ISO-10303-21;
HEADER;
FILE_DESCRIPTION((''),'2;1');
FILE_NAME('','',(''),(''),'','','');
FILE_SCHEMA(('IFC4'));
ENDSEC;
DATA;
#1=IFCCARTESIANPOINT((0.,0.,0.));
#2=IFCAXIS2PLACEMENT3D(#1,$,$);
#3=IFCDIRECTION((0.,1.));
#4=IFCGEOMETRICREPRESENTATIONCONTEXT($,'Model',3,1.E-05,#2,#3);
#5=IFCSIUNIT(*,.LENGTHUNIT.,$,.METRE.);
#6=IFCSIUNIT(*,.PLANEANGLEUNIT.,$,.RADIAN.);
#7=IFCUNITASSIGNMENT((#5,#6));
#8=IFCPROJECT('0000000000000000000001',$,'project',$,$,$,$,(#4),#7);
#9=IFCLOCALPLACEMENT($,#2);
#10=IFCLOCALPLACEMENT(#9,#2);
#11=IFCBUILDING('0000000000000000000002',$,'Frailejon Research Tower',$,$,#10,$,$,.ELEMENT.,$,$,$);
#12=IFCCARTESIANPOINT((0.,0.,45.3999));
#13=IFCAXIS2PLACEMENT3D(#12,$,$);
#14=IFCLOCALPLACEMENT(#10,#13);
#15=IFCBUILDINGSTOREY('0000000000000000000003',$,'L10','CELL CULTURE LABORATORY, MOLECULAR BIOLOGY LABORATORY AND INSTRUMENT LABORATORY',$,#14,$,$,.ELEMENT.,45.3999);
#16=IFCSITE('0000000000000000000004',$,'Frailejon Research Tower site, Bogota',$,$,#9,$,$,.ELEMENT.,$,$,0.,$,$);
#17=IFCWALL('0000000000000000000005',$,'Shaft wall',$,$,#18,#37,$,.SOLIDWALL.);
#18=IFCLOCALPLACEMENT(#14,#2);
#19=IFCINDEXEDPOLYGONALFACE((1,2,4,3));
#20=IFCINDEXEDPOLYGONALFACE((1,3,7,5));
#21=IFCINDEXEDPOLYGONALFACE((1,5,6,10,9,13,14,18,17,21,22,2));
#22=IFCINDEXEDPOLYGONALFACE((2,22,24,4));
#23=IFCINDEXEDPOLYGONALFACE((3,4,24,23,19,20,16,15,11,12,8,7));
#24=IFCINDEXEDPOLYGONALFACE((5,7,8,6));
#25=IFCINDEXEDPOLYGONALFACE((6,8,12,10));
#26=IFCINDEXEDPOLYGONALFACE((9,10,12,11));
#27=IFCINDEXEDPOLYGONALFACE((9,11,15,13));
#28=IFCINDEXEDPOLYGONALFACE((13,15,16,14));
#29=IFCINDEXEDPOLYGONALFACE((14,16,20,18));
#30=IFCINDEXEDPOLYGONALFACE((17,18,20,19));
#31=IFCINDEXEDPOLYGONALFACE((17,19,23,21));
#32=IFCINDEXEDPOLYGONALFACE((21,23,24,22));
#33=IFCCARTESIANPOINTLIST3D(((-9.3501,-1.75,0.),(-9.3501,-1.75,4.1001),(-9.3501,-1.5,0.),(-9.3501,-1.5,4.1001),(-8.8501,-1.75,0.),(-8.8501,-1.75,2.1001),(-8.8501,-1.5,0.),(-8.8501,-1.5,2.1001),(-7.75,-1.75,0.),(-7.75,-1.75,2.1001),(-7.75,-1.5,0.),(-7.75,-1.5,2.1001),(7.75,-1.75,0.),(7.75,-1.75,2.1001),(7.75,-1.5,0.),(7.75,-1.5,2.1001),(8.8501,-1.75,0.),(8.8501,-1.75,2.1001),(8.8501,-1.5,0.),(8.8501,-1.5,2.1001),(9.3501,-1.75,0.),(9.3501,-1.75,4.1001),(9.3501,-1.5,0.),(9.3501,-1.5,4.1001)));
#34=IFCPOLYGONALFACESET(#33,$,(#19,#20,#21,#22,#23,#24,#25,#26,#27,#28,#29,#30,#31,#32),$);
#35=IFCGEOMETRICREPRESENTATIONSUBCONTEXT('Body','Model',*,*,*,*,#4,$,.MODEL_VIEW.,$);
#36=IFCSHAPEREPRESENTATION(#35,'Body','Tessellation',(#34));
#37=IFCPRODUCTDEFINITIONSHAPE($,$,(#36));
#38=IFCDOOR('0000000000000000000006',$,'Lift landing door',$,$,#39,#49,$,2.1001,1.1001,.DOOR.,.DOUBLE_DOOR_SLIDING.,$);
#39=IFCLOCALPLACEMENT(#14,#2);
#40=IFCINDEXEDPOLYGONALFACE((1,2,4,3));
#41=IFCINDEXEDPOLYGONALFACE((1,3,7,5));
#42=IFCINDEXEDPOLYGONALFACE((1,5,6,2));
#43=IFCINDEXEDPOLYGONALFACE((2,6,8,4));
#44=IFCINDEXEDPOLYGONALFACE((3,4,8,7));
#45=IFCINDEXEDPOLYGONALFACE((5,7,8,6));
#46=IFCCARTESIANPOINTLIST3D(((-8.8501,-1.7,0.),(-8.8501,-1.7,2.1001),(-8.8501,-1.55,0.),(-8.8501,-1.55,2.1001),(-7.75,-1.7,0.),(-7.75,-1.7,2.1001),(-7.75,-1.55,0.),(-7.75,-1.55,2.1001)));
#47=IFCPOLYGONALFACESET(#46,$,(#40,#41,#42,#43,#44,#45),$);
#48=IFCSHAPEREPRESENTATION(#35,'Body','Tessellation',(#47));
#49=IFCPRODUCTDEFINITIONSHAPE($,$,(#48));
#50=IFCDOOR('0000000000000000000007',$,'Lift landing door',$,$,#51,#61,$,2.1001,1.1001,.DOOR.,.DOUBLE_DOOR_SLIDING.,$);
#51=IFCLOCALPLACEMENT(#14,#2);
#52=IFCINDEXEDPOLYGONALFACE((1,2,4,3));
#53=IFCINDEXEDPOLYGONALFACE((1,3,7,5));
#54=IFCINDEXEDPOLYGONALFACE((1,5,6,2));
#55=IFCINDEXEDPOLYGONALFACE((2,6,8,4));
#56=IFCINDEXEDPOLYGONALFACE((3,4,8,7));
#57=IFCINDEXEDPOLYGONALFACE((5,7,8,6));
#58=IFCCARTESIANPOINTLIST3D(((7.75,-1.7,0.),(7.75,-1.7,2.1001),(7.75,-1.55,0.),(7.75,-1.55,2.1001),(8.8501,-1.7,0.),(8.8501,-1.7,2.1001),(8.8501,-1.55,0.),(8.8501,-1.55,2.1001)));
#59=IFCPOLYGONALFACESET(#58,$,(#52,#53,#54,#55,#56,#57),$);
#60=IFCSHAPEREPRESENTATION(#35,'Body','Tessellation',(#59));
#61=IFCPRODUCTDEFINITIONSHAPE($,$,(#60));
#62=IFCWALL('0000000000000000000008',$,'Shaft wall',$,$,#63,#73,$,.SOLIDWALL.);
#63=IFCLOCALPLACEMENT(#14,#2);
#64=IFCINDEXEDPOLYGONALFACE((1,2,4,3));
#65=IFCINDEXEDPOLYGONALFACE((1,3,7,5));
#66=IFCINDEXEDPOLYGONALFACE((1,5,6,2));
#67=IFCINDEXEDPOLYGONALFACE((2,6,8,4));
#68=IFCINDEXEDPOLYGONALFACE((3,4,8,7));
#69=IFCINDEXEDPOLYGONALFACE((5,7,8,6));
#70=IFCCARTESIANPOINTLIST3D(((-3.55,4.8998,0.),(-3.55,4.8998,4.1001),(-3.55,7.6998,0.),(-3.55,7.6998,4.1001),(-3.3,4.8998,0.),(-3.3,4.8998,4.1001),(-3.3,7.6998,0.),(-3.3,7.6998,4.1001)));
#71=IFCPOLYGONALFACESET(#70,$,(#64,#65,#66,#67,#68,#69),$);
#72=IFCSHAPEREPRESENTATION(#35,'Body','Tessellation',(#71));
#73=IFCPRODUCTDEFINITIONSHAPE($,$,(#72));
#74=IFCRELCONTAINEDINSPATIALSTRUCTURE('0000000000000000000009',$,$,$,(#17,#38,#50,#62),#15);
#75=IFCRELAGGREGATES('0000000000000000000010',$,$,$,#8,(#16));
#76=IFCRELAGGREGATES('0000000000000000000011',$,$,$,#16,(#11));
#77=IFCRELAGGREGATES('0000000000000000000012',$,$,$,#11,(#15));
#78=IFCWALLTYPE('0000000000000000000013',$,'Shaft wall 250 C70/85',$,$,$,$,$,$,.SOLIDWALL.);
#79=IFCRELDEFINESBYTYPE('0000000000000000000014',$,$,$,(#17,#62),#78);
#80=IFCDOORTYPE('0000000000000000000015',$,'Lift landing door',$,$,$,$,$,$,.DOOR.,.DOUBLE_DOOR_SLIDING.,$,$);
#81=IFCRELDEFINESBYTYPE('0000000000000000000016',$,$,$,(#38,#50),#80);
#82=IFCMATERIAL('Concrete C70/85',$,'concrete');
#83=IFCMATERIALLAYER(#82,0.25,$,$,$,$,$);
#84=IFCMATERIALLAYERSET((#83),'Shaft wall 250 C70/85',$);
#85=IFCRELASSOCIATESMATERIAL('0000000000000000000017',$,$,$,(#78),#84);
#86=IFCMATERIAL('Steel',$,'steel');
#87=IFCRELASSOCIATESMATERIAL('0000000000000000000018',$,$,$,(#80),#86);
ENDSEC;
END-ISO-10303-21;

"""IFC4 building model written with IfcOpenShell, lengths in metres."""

from ifc_helpers import new_model, si_unit, direction, frame, frame_2d, origin, place, context, subcontext, project, spatial, rectangle, extrude, material, layer, layer_set, type_object, element, fill, save


model = new_model("IFC4")

# Units and contexts
model_context = context("Model", 3, precision=1e-05, world=origin(), true_north=direction((0.0, 1.0)))
body_context = subcontext(model_context, "Body", "Model", "MODEL_VIEW")
ifc_project = project(units=[si_unit("LENGTHUNIT", "METRE"), si_unit("PLANEANGLEUNIT", "RADIAN")], contexts=[model_context])

# Site, building, storey
site_placement = place(None, origin())
site = spatial("IfcSite", under=ifc_project, at=site_placement, Name="Frailejon Research Tower site, Bogota", CompositionType="ELEMENT", RefElevation=0.0)
building_placement = place(site_placement, origin())
building = spatial("IfcBuilding", under=site, at=building_placement, Name="Frailejon Research Tower", CompositionType="ELEMENT")
storey_placement = place(building_placement, frame((0.0, 0.0, 45.3999)))
storey = spatial("IfcBuildingStorey", under=building, at=storey_placement, Name="L10", Description="CELL CULTURE LABORATORY, MOLECULAR BIOLOGY LABORATORY AND INSTRUMENT LABORATORY", CompositionType="ELEMENT", Elevation=45.3999)

# Shared definitions
ifc_material_1 = material(Name="Concrete C70/85", Category="concrete")
ifc_layer_1 = layer(ifc_material_1, 0.25)
ifc_layer_set_1 = layer_set([ifc_layer_1], Name="Shaft wall 250 C70/85")
wall_type_1 = type_object("IfcWallType", Name="Shaft wall 250 C70/85", PredefinedType="SOLIDWALL", material=ifc_layer_set_1)
ifc_material_2 = material(Name="Steel", Category="steel")
door_type = type_object("IfcDoorType", Name="Lift landing door", OperationType="DOUBLE_DOOR_SLIDING", PredefinedType="DOOR", material=ifc_material_2)

# Wall, openings, doors
wall_1_placement = place(storey_placement, frame((-9.3501, -1.625, 0.0), z_axis=(0.0, 0.0, 1.0), x_axis=(1.0, 0.0, 0.0)))
wall_1 = element("IfcWall", 1, at=wall_1_placement, inside=storey, type_object=wall_type_1, Name="Shaft wall", PredefinedType="SOLIDWALL", context=body_context, shape_type="SweptSolid", body=[
    extrude(rectangle(XDim=18.7002, YDim=0.25, at=frame_2d((9.3501, 0.0))), origin(), (0.0, 0.0, 1.0), 4.1001),
])
opening_1_placement = place(wall_1_placement, frame((0.5, 0.0, 0.0)))
opening_1 = element("IfcOpeningElement", 2, at=opening_1_placement, cuts=wall_1, PredefinedType="OPENING", context=body_context, shape_type="SweptSolid", body=[
    extrude(rectangle(XDim=1.1001, YDim=2.1001, at=frame_2d((0.55, 1.05))), frame((0.0, 0.135, 0.0), z_axis=(0.0, -1.0, 0.0), x_axis=(1.0, 0.0, 0.0)), (0.0, 0.0, 1.0), 0.27),
])
opening_2_placement = place(wall_1_placement, frame((17.1001, 0.0, 0.0)))
opening_2 = element("IfcOpeningElement", 3, at=opening_2_placement, cuts=wall_1, PredefinedType="OPENING", context=body_context, shape_type="SweptSolid", body=[
    extrude(rectangle(XDim=1.1001, YDim=2.1001, at=frame_2d((0.55, 1.05))), frame((0.0, 0.135, 0.0), z_axis=(0.0, -1.0, 0.0), x_axis=(1.0, 0.0, 0.0)), (0.0, 0.0, 1.0), 0.27),
])
door_1_placement = place(opening_1_placement, origin())
door_1 = element("IfcDoor", 4, at=door_1_placement, inside=storey, type_object=door_type, Name="Lift landing door", OperationType="DOUBLE_DOOR_SLIDING", OverallHeight=2.1001, OverallWidth=1.1001, PredefinedType="DOOR", context=body_context, shape_type="SweptSolid", body=[
    extrude(rectangle(XDim=1.1001, YDim=2.1001, at=frame_2d((0.55, 1.05))), frame((0.0, 0.075, 0.0), z_axis=(0.0, -1.0, 0.0), x_axis=(1.0, 0.0, 0.0)), (0.0, 0.0, 1.0), 0.1499),
])
fill(opening_1, door_1)
door_2_placement = place(opening_2_placement, origin())
door_2 = element("IfcDoor", 5, at=door_2_placement, inside=storey, type_object=door_type, Name="Lift landing door", OperationType="DOUBLE_DOOR_SLIDING", OverallHeight=2.1001, OverallWidth=1.1001, PredefinedType="DOOR", context=body_context, shape_type="SweptSolid", body=[
    extrude(rectangle(XDim=1.1001, YDim=2.1001, at=frame_2d((0.55, 1.05))), frame((0.0, 0.075, 0.0), z_axis=(0.0, -1.0, 0.0), x_axis=(1.0, 0.0, 0.0)), (0.0, 0.0, 1.0), 0.1499),
])
fill(opening_2, door_2)

# Wall
wall_2_placement = place(storey_placement, frame((-3.425, 4.8999, 0.0), z_axis=(0.0, 0.0, 1.0), x_axis=(0.0, 1.0, 0.0)))
element("IfcWall", 6, at=wall_2_placement, inside=storey, type_object=wall_type_1, Name="Shaft wall", PredefinedType="SOLIDWALL", context=body_context, shape_type="SweptSolid", body=[
    extrude(rectangle(XDim=2.8, YDim=0.25, at=frame_2d((1.3999, 0.0))), origin(), (0.0, 0.0, 1.0), 4.1001),
])

save(model, "model.ifc")
